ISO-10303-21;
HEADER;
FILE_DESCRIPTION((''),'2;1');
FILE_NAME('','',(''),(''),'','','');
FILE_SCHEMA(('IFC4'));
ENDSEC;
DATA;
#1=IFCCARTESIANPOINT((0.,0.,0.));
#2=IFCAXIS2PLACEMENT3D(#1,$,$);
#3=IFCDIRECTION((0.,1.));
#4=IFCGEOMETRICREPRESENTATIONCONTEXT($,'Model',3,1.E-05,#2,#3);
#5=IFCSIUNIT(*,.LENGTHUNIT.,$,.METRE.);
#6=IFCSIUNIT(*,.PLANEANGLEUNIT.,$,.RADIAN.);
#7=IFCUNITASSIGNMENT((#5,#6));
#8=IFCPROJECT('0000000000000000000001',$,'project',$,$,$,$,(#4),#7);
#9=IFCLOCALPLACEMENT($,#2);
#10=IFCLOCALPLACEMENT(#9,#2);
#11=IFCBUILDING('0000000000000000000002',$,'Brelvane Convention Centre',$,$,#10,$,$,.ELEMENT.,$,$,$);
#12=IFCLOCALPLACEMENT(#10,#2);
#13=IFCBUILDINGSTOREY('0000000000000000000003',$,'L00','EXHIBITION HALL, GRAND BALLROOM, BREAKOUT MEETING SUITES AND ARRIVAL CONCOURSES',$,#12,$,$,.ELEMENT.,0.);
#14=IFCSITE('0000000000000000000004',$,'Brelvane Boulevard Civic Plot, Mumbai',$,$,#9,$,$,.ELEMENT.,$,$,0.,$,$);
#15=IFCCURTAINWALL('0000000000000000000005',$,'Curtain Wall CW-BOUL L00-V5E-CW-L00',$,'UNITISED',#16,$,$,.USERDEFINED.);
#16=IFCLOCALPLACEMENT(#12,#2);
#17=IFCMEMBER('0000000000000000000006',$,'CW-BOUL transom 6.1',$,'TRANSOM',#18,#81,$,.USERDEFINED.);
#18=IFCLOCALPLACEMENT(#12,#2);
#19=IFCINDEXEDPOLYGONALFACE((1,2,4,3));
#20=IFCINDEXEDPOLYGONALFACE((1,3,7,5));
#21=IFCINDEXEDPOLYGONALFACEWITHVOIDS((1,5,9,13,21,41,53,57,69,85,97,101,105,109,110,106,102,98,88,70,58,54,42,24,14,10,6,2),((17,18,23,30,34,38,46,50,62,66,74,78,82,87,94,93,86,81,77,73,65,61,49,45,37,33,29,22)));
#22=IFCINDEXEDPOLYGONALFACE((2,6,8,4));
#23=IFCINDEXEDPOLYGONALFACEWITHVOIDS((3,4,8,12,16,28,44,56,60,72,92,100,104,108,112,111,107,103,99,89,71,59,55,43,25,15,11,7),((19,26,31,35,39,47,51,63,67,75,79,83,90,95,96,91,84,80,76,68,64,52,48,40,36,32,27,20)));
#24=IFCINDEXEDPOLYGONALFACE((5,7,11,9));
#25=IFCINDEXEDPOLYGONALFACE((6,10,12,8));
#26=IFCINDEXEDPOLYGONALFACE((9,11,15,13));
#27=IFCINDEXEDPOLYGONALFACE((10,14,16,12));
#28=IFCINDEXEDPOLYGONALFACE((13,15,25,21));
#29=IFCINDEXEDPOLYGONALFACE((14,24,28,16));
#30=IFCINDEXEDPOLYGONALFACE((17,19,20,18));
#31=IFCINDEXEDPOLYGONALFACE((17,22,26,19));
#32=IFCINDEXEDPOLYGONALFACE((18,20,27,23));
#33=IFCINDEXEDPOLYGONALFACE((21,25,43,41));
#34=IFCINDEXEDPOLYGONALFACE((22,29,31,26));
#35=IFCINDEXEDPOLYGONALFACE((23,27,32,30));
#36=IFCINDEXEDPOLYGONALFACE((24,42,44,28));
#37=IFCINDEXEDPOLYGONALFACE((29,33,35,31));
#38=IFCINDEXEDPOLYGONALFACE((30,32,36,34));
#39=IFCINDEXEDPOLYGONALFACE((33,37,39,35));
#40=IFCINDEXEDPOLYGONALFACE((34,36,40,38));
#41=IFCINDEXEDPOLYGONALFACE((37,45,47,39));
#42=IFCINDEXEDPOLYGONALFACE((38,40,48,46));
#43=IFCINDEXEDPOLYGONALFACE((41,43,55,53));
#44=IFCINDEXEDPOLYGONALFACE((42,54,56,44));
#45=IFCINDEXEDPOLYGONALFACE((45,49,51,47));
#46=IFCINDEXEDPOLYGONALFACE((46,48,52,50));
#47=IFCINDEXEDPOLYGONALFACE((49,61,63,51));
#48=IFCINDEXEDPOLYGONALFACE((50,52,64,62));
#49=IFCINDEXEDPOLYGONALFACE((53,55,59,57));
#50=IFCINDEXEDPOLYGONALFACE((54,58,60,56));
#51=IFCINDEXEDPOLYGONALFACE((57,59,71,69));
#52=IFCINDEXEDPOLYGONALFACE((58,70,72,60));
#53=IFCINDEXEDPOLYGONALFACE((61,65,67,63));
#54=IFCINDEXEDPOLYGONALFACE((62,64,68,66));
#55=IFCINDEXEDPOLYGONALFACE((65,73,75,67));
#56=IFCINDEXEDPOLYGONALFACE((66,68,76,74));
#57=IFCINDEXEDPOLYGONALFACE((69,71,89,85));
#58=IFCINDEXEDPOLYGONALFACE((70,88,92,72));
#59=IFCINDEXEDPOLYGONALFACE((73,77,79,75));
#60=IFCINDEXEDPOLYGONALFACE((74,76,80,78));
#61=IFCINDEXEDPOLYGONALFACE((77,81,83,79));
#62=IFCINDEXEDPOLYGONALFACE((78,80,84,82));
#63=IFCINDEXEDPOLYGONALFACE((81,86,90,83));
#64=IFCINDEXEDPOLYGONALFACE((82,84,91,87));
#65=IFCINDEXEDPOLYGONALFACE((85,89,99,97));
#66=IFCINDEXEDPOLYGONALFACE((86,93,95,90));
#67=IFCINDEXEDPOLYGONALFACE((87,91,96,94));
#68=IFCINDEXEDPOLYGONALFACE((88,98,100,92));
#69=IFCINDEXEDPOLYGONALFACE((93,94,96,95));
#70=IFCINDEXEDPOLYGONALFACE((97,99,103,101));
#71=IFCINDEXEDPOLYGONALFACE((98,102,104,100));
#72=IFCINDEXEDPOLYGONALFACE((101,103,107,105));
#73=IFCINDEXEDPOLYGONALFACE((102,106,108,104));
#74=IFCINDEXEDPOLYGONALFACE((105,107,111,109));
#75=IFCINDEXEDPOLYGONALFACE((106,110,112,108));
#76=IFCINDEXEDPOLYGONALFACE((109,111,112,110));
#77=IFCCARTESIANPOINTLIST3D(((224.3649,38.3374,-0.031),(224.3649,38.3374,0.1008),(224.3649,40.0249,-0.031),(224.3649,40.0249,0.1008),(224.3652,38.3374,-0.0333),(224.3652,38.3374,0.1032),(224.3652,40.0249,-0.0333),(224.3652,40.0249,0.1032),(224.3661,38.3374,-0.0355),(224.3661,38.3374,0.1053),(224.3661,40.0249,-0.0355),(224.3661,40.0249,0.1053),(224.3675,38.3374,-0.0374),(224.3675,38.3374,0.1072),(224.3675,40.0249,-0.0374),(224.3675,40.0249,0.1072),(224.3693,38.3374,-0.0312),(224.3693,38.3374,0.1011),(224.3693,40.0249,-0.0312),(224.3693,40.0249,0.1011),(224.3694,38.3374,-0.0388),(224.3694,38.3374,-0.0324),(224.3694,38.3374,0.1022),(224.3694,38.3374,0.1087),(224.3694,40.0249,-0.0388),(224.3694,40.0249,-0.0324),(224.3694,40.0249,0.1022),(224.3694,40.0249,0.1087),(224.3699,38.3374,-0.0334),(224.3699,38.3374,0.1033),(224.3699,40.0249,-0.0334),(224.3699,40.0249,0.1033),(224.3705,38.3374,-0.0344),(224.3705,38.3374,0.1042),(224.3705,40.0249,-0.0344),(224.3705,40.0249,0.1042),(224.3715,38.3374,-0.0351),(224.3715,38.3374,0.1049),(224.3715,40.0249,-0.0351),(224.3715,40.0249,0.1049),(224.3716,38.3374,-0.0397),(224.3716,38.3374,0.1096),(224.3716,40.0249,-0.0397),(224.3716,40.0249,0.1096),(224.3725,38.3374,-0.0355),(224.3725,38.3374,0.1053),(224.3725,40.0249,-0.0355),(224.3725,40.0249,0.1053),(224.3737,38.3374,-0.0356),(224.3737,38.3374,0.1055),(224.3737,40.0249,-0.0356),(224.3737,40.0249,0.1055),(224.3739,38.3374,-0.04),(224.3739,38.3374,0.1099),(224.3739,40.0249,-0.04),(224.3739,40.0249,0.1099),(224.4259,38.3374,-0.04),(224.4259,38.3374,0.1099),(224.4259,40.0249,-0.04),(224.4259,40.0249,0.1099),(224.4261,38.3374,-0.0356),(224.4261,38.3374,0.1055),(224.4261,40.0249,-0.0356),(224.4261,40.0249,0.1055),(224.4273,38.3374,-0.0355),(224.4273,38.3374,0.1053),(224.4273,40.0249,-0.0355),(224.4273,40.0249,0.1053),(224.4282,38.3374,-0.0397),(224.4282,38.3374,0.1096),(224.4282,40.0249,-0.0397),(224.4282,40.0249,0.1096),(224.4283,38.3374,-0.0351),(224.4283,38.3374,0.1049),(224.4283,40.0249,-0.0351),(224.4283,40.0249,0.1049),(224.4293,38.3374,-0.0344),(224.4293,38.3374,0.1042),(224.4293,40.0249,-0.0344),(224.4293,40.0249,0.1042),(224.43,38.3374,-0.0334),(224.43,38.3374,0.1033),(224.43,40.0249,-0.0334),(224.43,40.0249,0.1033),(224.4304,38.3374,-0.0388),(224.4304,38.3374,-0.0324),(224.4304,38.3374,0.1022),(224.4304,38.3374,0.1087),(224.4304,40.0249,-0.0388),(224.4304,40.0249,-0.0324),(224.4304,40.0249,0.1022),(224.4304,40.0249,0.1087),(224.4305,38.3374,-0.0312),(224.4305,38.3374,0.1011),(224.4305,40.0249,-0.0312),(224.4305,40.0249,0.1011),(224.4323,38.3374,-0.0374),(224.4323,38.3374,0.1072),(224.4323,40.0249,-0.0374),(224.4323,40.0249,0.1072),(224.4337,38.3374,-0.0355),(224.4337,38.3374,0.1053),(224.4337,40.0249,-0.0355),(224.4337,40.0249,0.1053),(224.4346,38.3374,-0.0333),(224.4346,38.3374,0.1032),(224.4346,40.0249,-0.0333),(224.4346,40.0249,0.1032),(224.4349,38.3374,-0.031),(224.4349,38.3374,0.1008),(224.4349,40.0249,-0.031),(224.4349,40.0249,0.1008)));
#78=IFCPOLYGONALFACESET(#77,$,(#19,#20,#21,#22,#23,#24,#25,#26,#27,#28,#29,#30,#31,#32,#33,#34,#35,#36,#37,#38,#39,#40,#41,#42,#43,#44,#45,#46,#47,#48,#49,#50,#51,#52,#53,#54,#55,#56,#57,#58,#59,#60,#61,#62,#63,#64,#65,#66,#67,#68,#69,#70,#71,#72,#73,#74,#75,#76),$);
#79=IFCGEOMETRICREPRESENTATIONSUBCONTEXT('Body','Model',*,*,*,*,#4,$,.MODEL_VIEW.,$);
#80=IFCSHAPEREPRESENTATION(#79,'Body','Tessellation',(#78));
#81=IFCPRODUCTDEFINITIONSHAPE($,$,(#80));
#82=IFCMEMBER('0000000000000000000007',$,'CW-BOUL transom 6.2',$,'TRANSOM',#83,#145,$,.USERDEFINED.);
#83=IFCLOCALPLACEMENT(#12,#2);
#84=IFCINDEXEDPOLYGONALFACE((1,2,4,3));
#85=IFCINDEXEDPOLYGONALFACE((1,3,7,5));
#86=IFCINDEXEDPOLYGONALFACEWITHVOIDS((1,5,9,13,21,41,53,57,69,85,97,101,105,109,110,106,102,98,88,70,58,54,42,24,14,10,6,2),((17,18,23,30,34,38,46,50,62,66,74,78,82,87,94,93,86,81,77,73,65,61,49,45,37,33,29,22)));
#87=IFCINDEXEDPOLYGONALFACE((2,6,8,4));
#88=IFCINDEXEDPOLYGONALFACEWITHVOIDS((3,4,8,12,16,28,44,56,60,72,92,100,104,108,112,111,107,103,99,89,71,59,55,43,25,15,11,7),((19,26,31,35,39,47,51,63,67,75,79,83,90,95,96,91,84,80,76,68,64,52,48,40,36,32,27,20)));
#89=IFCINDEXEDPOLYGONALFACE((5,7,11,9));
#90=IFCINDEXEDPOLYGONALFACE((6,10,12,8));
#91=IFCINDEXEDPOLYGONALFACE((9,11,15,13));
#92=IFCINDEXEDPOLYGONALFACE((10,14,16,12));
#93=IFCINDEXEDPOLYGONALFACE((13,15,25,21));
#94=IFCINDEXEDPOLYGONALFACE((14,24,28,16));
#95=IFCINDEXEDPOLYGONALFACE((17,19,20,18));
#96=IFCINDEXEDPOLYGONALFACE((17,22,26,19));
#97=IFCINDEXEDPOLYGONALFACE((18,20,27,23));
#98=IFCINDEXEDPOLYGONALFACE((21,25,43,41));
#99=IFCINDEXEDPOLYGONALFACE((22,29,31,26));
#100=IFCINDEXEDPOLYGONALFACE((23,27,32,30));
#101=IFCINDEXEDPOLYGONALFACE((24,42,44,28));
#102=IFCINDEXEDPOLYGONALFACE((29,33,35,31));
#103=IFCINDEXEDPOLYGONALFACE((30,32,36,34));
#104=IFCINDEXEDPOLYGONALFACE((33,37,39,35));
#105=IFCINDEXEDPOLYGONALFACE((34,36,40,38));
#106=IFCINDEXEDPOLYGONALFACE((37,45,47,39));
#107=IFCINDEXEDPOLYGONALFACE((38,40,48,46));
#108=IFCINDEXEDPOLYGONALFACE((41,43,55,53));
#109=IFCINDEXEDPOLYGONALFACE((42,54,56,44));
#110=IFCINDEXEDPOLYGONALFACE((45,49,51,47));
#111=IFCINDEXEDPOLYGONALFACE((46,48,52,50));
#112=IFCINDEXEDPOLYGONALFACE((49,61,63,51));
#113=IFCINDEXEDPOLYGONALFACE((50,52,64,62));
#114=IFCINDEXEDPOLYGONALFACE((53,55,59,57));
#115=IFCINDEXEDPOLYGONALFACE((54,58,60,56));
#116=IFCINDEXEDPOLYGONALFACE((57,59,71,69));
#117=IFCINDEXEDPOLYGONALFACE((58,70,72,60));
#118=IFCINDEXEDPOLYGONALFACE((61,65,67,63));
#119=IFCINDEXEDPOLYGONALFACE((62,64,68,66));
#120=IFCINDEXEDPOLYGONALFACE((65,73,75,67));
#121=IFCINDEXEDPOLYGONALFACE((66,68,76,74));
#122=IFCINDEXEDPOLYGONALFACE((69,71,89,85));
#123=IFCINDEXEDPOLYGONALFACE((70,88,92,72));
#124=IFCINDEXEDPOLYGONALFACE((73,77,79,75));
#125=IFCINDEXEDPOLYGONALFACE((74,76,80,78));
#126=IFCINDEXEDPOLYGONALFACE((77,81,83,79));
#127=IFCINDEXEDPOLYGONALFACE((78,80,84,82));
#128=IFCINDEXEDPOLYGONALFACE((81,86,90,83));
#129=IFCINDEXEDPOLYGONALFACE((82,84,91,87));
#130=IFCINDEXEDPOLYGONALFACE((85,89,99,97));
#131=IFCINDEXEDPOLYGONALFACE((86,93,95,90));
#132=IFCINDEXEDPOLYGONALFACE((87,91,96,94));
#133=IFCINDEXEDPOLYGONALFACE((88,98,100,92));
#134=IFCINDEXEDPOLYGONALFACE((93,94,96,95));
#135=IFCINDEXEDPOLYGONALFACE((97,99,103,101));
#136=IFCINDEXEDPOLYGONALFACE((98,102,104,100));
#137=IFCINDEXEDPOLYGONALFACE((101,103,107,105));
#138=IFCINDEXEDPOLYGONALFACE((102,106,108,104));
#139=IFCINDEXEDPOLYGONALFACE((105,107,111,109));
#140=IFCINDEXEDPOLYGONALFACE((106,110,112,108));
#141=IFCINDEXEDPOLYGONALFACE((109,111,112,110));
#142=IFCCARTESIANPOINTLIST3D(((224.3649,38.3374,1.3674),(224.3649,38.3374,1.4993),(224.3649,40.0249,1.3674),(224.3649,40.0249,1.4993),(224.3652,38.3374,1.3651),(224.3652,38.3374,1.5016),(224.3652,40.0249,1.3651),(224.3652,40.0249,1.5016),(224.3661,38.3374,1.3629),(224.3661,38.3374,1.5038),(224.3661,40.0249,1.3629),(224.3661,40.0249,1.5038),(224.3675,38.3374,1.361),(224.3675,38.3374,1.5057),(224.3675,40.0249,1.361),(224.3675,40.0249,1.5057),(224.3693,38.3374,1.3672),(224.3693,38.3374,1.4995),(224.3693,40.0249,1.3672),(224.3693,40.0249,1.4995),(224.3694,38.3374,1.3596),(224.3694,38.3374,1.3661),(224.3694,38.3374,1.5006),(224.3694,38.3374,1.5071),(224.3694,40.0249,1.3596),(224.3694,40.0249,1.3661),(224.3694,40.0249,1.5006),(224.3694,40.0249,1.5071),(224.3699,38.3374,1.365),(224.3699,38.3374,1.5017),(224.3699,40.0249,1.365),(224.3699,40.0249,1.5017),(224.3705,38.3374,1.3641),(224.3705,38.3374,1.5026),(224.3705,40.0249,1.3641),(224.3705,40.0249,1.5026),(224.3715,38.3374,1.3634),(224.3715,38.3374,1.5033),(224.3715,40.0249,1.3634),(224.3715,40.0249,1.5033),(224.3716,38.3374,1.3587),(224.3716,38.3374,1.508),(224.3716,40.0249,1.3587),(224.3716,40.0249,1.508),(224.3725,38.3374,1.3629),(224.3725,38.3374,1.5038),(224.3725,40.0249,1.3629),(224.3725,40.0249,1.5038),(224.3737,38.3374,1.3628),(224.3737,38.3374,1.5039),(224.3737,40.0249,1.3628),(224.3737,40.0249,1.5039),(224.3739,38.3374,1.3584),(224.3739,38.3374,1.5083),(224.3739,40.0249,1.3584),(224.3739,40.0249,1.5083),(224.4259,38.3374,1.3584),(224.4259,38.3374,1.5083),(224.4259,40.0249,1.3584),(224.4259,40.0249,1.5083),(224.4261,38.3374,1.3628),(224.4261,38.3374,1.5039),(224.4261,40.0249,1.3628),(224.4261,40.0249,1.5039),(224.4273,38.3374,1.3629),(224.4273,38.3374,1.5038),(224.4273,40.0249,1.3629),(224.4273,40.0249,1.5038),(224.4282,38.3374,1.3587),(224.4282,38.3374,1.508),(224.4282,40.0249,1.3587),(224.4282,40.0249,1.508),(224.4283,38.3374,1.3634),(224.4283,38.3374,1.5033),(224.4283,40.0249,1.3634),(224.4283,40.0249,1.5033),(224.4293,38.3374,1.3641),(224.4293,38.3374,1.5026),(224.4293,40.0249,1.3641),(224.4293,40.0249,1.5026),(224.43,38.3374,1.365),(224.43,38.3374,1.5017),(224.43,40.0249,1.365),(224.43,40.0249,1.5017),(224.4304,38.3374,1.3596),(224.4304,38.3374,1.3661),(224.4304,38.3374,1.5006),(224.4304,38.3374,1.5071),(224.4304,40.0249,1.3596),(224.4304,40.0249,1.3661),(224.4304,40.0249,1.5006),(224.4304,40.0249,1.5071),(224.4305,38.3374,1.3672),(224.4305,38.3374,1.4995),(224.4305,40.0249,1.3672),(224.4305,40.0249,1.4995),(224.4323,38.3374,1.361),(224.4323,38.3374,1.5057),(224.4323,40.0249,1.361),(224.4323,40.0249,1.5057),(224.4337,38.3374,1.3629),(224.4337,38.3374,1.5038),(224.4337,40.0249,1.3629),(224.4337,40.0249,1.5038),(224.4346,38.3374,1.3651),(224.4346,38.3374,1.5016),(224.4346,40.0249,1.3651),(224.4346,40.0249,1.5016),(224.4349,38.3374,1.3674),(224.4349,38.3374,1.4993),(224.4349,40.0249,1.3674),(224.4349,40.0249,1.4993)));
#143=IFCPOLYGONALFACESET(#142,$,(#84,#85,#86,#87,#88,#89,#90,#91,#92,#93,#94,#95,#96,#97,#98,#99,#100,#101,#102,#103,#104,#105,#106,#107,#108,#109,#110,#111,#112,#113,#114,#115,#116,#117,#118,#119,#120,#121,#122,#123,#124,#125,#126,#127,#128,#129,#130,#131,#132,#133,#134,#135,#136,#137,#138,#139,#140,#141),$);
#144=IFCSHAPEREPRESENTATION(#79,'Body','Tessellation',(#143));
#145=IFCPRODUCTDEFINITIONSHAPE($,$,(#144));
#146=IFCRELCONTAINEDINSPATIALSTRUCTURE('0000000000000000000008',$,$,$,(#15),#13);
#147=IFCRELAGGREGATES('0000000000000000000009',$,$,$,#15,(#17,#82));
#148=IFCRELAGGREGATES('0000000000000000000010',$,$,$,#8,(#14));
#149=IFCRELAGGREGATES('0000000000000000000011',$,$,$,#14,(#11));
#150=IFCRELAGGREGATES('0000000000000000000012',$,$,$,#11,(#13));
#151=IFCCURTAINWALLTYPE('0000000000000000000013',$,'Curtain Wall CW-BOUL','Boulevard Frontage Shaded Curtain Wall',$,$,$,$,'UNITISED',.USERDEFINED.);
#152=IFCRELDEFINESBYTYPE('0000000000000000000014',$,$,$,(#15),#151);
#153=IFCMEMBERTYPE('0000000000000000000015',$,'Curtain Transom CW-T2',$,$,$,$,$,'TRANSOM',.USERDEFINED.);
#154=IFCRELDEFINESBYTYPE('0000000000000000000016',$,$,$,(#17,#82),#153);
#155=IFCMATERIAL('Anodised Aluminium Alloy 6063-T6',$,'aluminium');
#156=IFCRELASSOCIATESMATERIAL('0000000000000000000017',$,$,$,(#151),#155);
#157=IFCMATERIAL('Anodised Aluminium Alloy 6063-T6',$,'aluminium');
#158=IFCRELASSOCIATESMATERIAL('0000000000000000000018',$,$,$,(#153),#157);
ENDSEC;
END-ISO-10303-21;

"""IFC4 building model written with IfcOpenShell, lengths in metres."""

from ifc_helpers import new_model, si_unit, direction, frame, origin, origin_2d, place, context, subcontext, project, spatial, hollow_rectangle, extrude, material, material_profile, profile_set, type_object, element, aggregate, save


model = new_model("IFC4")

# Units and contexts
model_context = context("Model", 3, precision=1e-05, world=origin(), true_north=direction((0.0, 1.0)))
body_context = subcontext(model_context, "Body", "Model", "MODEL_VIEW")
ifc_project = project(units=[si_unit("LENGTHUNIT", "METRE"), si_unit("PLANEANGLEUNIT", "RADIAN")], contexts=[model_context])

# Site, building, storey
site_placement = place(None, origin())
site = spatial("IfcSite", under=ifc_project, at=site_placement, Name="Brelvane Boulevard Civic Plot, Mumbai", CompositionType="ELEMENT", RefElevation=0.0)
building_placement = place(site_placement, origin())
building = spatial("IfcBuilding", under=site, at=building_placement, Name="Brelvane Convention Centre", CompositionType="ELEMENT")
storey_placement = place(building_placement, origin())
storey = spatial("IfcBuildingStorey", under=building, at=storey_placement, Name="L00", Description="EXHIBITION HALL, GRAND BALLROOM, BREAKOUT MEETING SUITES AND ARRIVAL CONCOURSES", CompositionType="ELEMENT", Elevation=0.0)

# Curtain wall, members
ifc_material_1 = material(Name="Anodised Aluminium Alloy 6063-T6", Category="aluminium")
curtain_wall_type = type_object("IfcCurtainWallType", Name="Curtain Wall CW-BOUL", Description="Boulevard Frontage Shaded Curtain Wall", ElementType="UNITISED", PredefinedType="USERDEFINED", material=ifc_material_1)
curtain_wall_placement = place(storey_placement, origin())
curtain_wall = element("IfcCurtainWall", 1, at=curtain_wall_placement, inside=storey, type_object=curtain_wall_type, Name="Curtain Wall CW-BOUL L00-V5E-CW-L00", ObjectType="UNITISED", PredefinedType="USERDEFINED")
ifc_material_2 = material(Name="Anodised Aluminium Alloy 6063-T6", Category="aluminium")
ifc_material_profile_1 = material_profile(ifc_material_2, hollow_rectangle(XDim=0.0701, YDim=0.1499, WallThickness=0.0044, InnerFilletRadius=0.0044, OuterFilletRadius=0.009, at=origin_2d()), Name="ALU-T 150x70x4.5")
ifc_profile_set_1 = profile_set([ifc_material_profile_1], Name="Anodised Aluminium Alloy 6063-T6")
member_type_1 = type_object("IfcMemberType", Name="Curtain Transom CW-T2", ElementType="TRANSOM", PredefinedType="USERDEFINED", material=ifc_profile_set_1)
member_1_placement = place(storey_placement, frame((224.3999, 38.3374, 0.0349), z_axis=(0.0, 1.0, 0.0), x_axis=(-1.0, 0.0, 0.0)))
member_1 = element("IfcMember", 2, at=member_1_placement, type_object=member_type_1, Name="CW-BOUL transom 6.1", ObjectType="TRANSOM", PredefinedType="USERDEFINED", context=body_context, shape_type="SweptSolid", body=[
    extrude(hollow_rectangle(XDim=0.0701, YDim=0.1499, WallThickness=0.0044, InnerFilletRadius=0.0044, OuterFilletRadius=0.009, at=origin_2d()), origin(), (0.0, 0.0, 1.0), 1.6875),
])
member_2_placement = place(storey_placement, frame((224.3999, 38.3374, 1.4333), z_axis=(0.0, 1.0, 0.0), x_axis=(-1.0, 0.0, 0.0)))
member_2 = element("IfcMember", 3, at=member_2_placement, type_object=member_type_1, Name="CW-BOUL transom 6.2", ObjectType="TRANSOM", PredefinedType="USERDEFINED", context=body_context, shape_type="SweptSolid", body=[
    extrude(hollow_rectangle(XDim=0.0701, YDim=0.1499, WallThickness=0.0044, InnerFilletRadius=0.0044, OuterFilletRadius=0.009, at=origin_2d()), origin(), (0.0, 0.0, 1.0), 1.6875),
])

aggregate(curtain_wall, [member_1, member_2])

save(model, "model.ifc")
